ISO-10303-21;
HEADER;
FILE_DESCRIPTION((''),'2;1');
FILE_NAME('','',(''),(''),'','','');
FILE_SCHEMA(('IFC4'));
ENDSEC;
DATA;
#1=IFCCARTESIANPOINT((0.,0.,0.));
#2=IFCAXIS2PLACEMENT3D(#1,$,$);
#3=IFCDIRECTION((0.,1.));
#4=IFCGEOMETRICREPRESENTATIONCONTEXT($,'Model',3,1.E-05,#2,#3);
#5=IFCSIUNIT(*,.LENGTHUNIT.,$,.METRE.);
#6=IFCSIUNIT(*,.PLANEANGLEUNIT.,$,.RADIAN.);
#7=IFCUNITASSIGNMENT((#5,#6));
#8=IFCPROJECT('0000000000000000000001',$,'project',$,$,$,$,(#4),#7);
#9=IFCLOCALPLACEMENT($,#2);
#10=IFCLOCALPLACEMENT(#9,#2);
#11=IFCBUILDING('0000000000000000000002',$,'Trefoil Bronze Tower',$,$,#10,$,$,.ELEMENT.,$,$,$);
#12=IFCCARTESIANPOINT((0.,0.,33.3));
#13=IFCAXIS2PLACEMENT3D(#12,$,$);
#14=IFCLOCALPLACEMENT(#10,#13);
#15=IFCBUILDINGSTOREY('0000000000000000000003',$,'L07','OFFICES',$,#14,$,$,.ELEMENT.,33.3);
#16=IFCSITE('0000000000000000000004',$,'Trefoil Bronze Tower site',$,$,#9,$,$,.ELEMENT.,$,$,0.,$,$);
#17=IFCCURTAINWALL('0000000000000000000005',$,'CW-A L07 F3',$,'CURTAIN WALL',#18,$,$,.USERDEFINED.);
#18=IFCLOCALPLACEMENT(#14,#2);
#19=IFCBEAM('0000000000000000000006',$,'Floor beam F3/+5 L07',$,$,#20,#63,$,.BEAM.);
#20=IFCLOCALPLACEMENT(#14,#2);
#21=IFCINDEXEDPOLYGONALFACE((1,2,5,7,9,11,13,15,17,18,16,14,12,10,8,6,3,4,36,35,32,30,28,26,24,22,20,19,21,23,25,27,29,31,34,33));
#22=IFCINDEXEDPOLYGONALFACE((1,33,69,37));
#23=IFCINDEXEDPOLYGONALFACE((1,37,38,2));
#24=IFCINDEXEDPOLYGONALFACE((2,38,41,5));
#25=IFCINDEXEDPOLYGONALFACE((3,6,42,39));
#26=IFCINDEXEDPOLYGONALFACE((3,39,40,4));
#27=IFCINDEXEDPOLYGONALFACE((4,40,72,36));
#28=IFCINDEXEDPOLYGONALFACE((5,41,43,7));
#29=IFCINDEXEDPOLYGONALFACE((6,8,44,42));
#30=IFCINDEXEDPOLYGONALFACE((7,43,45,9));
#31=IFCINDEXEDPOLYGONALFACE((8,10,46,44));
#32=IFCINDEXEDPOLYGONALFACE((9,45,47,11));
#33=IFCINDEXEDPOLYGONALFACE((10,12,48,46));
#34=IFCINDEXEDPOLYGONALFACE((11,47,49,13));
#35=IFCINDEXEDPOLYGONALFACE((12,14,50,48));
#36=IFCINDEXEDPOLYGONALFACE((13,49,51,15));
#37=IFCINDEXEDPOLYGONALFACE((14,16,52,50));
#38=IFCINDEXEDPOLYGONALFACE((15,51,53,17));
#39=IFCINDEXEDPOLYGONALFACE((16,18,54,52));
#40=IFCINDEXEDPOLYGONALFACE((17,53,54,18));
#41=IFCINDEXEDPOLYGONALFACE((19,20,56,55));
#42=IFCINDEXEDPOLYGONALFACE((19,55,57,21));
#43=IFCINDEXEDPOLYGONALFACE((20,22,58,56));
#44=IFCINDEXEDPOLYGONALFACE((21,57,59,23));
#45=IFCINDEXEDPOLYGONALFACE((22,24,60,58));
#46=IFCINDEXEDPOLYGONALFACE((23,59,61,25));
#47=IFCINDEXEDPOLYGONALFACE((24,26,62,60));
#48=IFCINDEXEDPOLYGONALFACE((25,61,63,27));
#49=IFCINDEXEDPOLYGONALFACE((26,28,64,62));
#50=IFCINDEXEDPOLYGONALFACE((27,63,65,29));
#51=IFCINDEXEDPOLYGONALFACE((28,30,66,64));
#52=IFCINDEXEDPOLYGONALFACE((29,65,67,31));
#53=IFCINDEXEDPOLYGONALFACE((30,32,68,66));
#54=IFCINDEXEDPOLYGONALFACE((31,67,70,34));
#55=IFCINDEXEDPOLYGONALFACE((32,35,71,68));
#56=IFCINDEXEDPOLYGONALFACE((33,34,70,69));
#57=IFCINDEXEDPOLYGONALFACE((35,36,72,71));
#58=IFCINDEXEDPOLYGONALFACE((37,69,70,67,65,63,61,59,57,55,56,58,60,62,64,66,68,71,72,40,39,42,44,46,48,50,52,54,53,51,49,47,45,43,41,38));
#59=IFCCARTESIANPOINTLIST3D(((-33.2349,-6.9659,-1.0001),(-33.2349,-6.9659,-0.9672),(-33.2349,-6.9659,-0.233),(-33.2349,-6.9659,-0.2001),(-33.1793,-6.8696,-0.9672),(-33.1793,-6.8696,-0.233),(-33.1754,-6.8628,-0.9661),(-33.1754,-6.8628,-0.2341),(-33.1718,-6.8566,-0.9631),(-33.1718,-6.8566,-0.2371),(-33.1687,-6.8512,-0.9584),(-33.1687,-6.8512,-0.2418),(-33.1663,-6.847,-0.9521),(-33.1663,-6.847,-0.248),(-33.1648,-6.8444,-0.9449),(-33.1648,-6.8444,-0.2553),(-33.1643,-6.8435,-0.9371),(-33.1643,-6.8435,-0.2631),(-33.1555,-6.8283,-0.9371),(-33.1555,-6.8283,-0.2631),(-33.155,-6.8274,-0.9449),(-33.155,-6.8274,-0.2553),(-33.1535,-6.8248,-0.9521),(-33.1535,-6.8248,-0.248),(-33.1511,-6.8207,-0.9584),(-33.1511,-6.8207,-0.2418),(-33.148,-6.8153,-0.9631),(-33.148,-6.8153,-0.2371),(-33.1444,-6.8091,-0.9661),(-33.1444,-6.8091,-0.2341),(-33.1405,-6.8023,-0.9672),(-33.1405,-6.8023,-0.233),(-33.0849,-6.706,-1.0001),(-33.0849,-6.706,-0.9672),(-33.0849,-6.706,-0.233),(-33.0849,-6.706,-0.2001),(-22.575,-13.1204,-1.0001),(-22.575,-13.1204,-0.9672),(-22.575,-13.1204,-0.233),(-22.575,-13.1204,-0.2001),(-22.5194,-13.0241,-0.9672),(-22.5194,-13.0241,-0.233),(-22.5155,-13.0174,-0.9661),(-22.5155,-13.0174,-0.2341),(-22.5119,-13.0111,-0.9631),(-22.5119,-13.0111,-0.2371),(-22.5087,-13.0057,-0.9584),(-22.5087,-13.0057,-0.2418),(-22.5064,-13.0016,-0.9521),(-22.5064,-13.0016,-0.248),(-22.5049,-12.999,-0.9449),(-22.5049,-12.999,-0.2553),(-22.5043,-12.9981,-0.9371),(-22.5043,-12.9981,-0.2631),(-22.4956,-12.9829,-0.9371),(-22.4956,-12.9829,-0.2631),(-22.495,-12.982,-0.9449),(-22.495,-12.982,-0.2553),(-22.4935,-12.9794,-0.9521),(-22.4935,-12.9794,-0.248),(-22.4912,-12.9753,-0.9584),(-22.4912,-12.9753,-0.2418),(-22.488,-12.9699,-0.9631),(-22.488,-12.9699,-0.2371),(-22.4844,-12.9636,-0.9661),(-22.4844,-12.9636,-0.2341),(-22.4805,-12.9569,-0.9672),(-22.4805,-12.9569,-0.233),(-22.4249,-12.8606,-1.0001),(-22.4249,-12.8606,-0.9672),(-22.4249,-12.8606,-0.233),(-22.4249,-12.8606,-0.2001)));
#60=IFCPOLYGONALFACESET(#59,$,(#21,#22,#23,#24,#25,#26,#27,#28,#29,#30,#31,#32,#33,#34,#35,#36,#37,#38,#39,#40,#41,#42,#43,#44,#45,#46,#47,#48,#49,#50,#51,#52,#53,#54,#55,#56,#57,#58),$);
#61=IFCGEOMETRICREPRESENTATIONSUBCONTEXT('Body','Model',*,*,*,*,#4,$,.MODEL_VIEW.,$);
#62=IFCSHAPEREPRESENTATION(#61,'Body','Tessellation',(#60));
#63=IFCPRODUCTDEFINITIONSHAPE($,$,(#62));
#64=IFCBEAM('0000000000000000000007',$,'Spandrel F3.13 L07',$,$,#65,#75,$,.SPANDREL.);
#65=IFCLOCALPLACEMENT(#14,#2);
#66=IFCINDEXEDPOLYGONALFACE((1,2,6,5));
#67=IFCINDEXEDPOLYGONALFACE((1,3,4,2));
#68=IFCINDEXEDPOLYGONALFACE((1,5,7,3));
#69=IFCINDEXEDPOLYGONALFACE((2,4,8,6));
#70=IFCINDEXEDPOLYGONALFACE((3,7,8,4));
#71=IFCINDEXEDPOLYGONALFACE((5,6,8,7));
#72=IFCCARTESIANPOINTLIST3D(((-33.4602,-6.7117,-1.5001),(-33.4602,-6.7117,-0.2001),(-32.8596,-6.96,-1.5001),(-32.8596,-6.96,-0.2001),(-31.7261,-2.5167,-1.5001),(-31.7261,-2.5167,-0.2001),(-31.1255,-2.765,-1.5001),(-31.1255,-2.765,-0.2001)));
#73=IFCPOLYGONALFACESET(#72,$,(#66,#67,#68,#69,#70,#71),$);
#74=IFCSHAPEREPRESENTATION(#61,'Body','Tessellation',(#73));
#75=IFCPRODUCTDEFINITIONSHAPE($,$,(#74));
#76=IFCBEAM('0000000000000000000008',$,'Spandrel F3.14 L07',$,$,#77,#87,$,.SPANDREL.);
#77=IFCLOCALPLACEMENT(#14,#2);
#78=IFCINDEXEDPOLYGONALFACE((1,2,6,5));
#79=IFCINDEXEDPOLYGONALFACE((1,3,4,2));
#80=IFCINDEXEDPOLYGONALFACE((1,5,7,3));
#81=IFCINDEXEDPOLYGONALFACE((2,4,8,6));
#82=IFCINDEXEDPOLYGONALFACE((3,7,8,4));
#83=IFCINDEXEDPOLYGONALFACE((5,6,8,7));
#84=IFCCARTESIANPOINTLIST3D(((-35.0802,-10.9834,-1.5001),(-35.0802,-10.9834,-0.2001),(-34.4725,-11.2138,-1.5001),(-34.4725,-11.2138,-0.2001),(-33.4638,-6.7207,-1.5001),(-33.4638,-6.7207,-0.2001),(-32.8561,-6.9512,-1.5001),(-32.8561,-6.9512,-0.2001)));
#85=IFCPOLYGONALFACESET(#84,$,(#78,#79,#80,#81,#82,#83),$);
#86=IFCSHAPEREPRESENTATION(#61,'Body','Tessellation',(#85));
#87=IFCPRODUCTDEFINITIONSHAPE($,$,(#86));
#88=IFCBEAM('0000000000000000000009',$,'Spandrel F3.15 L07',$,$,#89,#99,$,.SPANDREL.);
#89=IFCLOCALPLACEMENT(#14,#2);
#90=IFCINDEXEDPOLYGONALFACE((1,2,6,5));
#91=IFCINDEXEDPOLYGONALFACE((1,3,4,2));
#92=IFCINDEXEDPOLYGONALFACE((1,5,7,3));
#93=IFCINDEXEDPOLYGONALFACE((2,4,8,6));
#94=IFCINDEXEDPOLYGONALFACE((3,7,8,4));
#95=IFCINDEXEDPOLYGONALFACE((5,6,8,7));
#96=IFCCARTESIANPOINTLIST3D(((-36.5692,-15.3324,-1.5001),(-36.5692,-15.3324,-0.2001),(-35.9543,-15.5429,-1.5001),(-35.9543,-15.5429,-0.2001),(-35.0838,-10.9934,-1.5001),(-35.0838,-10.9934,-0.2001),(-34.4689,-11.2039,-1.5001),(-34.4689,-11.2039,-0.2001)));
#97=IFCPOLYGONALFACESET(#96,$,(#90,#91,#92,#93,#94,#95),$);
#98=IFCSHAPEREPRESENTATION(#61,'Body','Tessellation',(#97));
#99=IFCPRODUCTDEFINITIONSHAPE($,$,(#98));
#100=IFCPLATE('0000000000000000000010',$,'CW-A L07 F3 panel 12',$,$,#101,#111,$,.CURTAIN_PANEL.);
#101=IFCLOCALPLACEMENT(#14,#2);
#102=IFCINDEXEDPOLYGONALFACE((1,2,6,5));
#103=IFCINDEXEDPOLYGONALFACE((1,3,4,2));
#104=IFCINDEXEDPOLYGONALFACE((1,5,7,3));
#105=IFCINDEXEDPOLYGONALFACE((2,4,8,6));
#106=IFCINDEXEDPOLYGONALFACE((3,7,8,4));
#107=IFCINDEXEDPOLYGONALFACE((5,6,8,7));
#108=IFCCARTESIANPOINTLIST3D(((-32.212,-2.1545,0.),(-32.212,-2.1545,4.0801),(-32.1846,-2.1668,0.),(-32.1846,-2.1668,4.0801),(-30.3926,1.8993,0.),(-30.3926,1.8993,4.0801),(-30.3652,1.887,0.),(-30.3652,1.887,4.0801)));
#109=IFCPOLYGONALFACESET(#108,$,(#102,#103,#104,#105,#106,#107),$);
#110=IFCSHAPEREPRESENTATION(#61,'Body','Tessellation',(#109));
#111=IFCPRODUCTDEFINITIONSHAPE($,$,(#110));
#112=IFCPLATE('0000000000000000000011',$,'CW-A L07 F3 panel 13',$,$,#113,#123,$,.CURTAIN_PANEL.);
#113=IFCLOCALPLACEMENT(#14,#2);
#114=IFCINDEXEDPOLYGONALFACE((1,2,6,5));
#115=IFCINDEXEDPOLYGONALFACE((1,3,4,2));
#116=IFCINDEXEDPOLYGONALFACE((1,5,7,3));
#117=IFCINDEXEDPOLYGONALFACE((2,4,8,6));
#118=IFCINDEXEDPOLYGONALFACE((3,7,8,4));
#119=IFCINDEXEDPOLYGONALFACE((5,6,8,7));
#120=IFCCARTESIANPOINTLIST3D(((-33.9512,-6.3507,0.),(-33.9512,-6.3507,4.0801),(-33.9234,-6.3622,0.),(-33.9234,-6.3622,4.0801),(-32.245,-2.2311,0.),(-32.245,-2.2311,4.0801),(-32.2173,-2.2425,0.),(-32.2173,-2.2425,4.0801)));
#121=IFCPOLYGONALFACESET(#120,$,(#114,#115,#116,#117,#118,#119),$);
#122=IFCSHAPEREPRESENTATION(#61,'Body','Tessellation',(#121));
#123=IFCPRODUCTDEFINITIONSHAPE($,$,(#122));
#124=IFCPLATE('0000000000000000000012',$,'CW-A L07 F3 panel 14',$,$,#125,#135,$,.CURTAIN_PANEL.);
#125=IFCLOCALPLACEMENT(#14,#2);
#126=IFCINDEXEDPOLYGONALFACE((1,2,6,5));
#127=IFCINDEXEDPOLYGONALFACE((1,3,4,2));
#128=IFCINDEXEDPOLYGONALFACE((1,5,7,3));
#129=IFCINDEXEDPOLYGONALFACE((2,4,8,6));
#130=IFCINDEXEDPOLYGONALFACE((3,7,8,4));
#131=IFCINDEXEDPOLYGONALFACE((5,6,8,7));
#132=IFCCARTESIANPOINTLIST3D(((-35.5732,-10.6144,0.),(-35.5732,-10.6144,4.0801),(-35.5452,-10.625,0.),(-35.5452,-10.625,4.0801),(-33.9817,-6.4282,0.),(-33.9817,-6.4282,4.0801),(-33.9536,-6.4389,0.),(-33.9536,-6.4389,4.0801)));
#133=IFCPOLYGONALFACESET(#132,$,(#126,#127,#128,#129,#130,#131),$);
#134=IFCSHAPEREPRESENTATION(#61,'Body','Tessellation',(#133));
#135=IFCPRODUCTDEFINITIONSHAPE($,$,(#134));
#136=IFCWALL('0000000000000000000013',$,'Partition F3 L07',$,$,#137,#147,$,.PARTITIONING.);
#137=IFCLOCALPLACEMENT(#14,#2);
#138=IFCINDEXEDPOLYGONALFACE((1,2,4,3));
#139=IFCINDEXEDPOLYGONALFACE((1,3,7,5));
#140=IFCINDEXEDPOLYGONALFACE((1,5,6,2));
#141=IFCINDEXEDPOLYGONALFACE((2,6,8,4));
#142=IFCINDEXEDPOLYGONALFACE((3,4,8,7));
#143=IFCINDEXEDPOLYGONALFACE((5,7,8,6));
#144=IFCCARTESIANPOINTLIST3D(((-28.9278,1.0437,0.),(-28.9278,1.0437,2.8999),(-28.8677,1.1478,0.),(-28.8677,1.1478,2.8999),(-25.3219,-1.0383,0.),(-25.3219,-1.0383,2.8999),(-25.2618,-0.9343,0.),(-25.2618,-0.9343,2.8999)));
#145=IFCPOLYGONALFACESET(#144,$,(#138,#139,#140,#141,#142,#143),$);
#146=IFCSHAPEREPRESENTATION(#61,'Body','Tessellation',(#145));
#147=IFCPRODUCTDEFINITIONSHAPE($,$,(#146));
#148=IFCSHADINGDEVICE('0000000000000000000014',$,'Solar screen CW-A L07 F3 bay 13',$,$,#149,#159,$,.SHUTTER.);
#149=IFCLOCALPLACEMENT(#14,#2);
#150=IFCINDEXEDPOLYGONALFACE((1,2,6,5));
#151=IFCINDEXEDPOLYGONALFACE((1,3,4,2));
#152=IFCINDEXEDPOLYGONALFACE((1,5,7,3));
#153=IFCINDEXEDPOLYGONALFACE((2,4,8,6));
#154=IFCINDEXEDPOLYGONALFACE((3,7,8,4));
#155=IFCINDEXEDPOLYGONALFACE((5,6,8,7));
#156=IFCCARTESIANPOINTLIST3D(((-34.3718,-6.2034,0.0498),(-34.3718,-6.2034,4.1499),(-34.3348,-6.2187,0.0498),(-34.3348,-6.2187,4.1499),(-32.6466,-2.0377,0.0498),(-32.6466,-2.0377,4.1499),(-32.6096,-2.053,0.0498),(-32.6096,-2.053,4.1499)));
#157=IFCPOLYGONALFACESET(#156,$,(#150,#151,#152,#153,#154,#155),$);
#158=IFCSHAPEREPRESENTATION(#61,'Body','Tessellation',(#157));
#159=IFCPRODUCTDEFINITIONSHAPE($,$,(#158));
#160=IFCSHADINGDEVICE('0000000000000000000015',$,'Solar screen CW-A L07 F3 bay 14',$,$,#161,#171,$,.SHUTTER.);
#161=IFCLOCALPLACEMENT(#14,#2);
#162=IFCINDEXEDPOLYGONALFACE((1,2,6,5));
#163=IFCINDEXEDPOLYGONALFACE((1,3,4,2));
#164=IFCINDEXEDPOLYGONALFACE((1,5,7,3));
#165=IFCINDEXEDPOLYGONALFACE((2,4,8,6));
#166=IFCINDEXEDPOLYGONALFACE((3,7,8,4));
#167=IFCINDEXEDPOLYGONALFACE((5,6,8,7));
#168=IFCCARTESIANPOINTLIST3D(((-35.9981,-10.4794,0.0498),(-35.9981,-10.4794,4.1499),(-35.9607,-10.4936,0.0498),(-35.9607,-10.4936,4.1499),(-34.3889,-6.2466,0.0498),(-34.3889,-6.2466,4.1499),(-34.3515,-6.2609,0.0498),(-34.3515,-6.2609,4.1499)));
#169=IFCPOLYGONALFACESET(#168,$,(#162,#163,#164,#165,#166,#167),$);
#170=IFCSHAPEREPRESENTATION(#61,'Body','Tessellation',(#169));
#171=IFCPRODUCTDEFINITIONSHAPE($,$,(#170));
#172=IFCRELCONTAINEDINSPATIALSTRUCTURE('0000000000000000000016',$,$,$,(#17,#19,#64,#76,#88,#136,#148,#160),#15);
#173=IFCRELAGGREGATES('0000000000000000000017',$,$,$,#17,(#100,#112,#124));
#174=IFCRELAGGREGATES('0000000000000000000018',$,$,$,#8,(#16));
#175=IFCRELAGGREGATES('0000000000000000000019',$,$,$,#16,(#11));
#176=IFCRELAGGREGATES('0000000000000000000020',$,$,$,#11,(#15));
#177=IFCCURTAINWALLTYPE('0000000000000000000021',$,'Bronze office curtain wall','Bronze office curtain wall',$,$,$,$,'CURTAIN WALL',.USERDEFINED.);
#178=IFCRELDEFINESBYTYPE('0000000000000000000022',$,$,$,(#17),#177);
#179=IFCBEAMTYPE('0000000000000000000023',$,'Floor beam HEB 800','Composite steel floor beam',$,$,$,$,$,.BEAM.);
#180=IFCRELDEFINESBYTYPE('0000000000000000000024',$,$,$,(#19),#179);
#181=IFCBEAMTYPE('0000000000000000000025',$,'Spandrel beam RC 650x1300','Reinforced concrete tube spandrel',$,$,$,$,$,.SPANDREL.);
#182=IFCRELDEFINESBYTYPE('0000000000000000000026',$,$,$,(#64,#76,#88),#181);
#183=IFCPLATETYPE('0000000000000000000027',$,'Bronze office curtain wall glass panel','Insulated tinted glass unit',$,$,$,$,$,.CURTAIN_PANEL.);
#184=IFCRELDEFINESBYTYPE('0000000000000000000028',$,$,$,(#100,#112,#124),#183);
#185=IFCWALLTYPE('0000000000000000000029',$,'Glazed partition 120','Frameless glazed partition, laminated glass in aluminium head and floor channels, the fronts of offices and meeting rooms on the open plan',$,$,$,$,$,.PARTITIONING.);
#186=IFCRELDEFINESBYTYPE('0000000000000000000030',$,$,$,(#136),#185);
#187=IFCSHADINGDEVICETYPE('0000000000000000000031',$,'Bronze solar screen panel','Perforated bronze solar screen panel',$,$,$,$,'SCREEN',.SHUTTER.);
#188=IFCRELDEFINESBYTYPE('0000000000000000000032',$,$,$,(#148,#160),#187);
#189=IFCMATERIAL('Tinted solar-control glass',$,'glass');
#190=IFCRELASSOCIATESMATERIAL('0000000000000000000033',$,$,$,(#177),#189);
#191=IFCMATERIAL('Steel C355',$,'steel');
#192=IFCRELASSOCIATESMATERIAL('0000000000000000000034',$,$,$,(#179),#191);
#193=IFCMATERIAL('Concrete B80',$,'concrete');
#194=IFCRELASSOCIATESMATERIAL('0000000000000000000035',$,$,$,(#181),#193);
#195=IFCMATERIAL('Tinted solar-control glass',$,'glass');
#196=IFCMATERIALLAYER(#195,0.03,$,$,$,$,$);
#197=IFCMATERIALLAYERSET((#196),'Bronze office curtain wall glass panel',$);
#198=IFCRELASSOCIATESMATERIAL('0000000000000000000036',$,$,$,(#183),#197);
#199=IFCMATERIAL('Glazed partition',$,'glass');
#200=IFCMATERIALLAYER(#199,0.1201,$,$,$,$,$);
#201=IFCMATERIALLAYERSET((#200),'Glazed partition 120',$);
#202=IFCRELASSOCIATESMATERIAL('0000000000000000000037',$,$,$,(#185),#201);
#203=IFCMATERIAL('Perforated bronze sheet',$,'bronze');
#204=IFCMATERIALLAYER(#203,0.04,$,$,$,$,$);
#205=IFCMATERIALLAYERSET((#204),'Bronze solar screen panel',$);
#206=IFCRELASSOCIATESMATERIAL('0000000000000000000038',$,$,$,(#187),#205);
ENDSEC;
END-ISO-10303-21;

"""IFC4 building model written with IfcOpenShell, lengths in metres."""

from ifc_helpers import new_model, si_unit, direction, frame, frame_2d, origin, origin_2d, place, context, subcontext, project, spatial, rectangle, i_section, extrude, material, layer, layer_set, material_profile, profile_set, type_object, element, aggregate, save


model = new_model("IFC4")

# Units and contexts
model_context = context("Model", 3, precision=1e-05, world=origin(), true_north=direction((0.0, 1.0)))
body_context = subcontext(model_context, "Body", "Model", "MODEL_VIEW")
ifc_project = project(units=[si_unit("LENGTHUNIT", "METRE"), si_unit("PLANEANGLEUNIT", "RADIAN")], contexts=[model_context])

# Site, building, storey
site_placement = place(None, origin())
site = spatial("IfcSite", under=ifc_project, at=site_placement, Name="Trefoil Bronze Tower site", CompositionType="ELEMENT", RefElevation=0.0)
building_placement = place(site_placement, origin())
building = spatial("IfcBuilding", under=site, at=building_placement, Name="Trefoil Bronze Tower", CompositionType="ELEMENT")
storey_placement = place(building_placement, frame((0.0, 0.0, 33.3)))
storey = spatial("IfcBuildingStorey", under=building, at=storey_placement, Name="L07", Description="OFFICES", CompositionType="ELEMENT", Elevation=33.3)

# Curtain wall
ifc_material_1 = material(Name="Tinted solar-control glass", Category="glass")
curtain_wall_type = type_object("IfcCurtainWallType", Name="Bronze office curtain wall", Description="Bronze office curtain wall", ElementType="CURTAIN WALL", PredefinedType="USERDEFINED", material=ifc_material_1)
curtain_wall_placement = place(storey_placement, origin())
curtain_wall = element("IfcCurtainWall", 1, at=curtain_wall_placement, inside=storey, type_object=curtain_wall_type, Name="CW-A L07 F3", ObjectType="CURTAIN WALL", PredefinedType="USERDEFINED")

# Beams
ifc_material_2 = material(Name="Steel C355", Category="steel")
ifc_material_profile_1 = material_profile(ifc_material_2, i_section(OverallWidth=0.3, OverallDepth=0.8, WebThickness=0.0176, FlangeThickness=0.033, FilletRadius=0.03, at=origin_2d()), Name="HEB 800")
ifc_profile_set_1 = profile_set([ifc_material_profile_1], Name="Steel C355")
beam_type_1 = type_object("IfcBeamType", Name="Floor beam HEB 800", Description="Composite steel floor beam", PredefinedType="BEAM", material=ifc_profile_set_1)
beam_1_placement = place(storey_placement, frame((-33.1599, -6.8359, -0.6001), z_axis=(0.866024, -0.500002, 0.0), x_axis=(0.500002, 0.866024, 0.0)))
element("IfcBeam", 2, at=beam_1_placement, inside=storey, type_object=beam_type_1, Name="Floor beam F3/+5 L07", PredefinedType="BEAM", context=body_context, shape_type="SweptSolid", body=[
    extrude(i_section(OverallWidth=0.3, OverallDepth=0.8, WebThickness=0.0176, FlangeThickness=0.033, FilletRadius=0.03, at=origin_2d()), origin(), (0.0, 0.0, 1.0), 12.3091),
])
ifc_material_3 = material(Name="Concrete B80", Category="concrete")
ifc_material_profile_2 = material_profile(ifc_material_3, rectangle(XDim=0.6499, YDim=1.3, at=origin_2d()), Name="RC 650x1300")
ifc_profile_set_2 = profile_set([ifc_material_profile_2], Name="Concrete B80")
beam_type_2 = type_object("IfcBeamType", Name="Spandrel beam RC 650x1300", Description="Reinforced concrete tube spandrel", PredefinedType="SPANDREL", material=ifc_profile_set_2)
beam_2_placement = place(storey_placement, frame((-31.4258, -2.6409, -0.8501), z_axis=(-0.382021, -0.924154, 0.0), x_axis=(0.924154, -0.382021, 0.0)))
element("IfcBeam", 3, at=beam_2_placement, inside=storey, type_object=beam_type_2, Name="Spandrel F3.13 L07", PredefinedType="SPANDREL", context=body_context, shape_type="SweptSolid", body=[
    extrude(rectangle(XDim=0.6499, YDim=1.3, at=origin_2d()), origin(), (0.0, 0.0, 1.0), 4.5393),
])
beam_3_placement = place(storey_placement, frame((-33.1599, -6.8359, -0.8501), z_axis=(-0.354572, -0.935029, 0.0), x_axis=(0.935029, -0.354572, 0.0)))
element("IfcBeam", 4, at=beam_3_placement, inside=storey, type_object=beam_type_2, Name="Spandrel F3.14 L07", PredefinedType="SPANDREL", context=body_context, shape_type="SweptSolid", body=[
    extrude(rectangle(XDim=0.6499, YDim=1.3, at=origin_2d()), origin(), (0.0, 0.0, 1.0), 4.5588),
])
beam_4_placement = place(storey_placement, frame((-34.7764, -11.0986, -0.8501), z_axis=(-0.323883, -0.946097, 0.0), x_axis=(0.946097, -0.323883, 0.0)))
element("IfcBeam", 5, at=beam_4_placement, inside=storey, type_object=beam_type_2, Name="Spandrel F3.15 L07", PredefinedType="SPANDREL", context=body_context, shape_type="SweptSolid", body=[
    extrude(rectangle(XDim=0.6499, YDim=1.3, at=origin_2d()), origin(), (0.0, 0.0, 1.0), 4.5862),
])

# Plates
ifc_material_4 = material(Name="Tinted solar-control glass", Category="glass")
ifc_layer_1 = layer(ifc_material_4, 0.03)
ifc_layer_set_1 = layer_set([ifc_layer_1], Name="Bronze office curtain wall glass panel")
plate_type = type_object("IfcPlateType", Name="Bronze office curtain wall glass panel", Description="Insulated tinted glass unit", PredefinedType="CURTAIN_PANEL", material=ifc_layer_set_1)
plate_1_placement = place(storey_placement, frame((-31.2886, -0.1338, 0.0), z_axis=(0.0, 0.0, 1.0), x_axis=(-0.409456, -0.91233, 0.0)))
plate_1 = element("IfcPlate", 6, at=plate_1_placement, type_object=plate_type, Name="CW-A L07 F3 panel 12", PredefinedType="CURTAIN_PANEL", context=body_context, shape_type="SweptSolid", body=[
    extrude(rectangle(XDim=4.4434, YDim=0.03, at=origin_2d()), origin(), (0.0, 0.0, 1.0), 4.0801),
])
plate_2_placement = place(storey_placement, frame((-33.0842, -4.2966, 0.0), z_axis=(0.0, 0.0, 1.0), x_axis=(-0.38263, -0.923902, 0.0)))
plate_2 = element("IfcPlate", 7, at=plate_2_placement, type_object=plate_type, Name="CW-A L07 F3 panel 13", PredefinedType="CURTAIN_PANEL", context=body_context, shape_type="SweptSolid", body=[
    extrude(rectangle(XDim=4.459, YDim=0.03, at=origin_2d()), origin(), (0.0, 0.0, 1.0), 4.0801),
])
plate_3_placement = place(storey_placement, frame((-34.7634, -8.5266, 0.0), z_axis=(0.0, 0.0, 1.0), x_axis=(-0.355371, -0.934725, 0.0)))
plate_3 = element("IfcPlate", 8, at=plate_3_placement, type_object=plate_type, Name="CW-A L07 F3 panel 14", PredefinedType="CURTAIN_PANEL", context=body_context, shape_type="SweptSolid", body=[
    extrude(rectangle(XDim=4.4785, YDim=0.03, at=origin_2d()), origin(), (0.0, 0.0, 1.0), 4.0801),
])
aggregate(curtain_wall, [plate_1, plate_2, plate_3])

# Wall
ifc_material_5 = material(Name="Glazed partition", Category="glass")
ifc_layer_2 = layer(ifc_material_5, 0.1201)
ifc_layer_set_2 = layer_set([ifc_layer_2], Name="Glazed partition 120")
wall_type = type_object("IfcWallType", Name="Glazed partition 120", Description="Frameless glazed partition, laminated glass in aluminium head and floor channels, the fronts of offices and meeting rooms on the open plan", PredefinedType="PARTITIONING", material=ifc_layer_set_2)
wall_placement = place(storey_placement, frame((-25.2917, -0.9863, 0.0), z_axis=(0.0, 0.0, 1.0), x_axis=(-0.866012, 0.500024, 0.0)))
element("IfcWall", 9, at=wall_placement, inside=storey, type_object=wall_type, Name="Partition F3 L07", PredefinedType="PARTITIONING", context=body_context, shape_type="SweptSolid", body=[
    extrude(rectangle(XDim=4.1638, YDim=0.1201, at=frame_2d((2.082, 0.0))), origin(), (0.0, 0.0, 1.0), 2.8999),
])

# Shading devices
ifc_material_6 = material(Name="Perforated bronze sheet", Category="bronze")
ifc_layer_3 = layer(ifc_material_6, 0.04)
ifc_layer_set_3 = layer_set([ifc_layer_3], Name="Bronze solar screen panel")
shading_device_type = type_object("IfcShadingDeviceType", Name="Bronze solar screen panel", Description="Perforated bronze solar screen panel", ElementType="SCREEN", PredefinedType="SHUTTER", material=ifc_layer_set_3)
shading_device_1_placement = place(storey_placement, frame((-33.4907, -4.1282, 0.0498), z_axis=(0.0, 0.0, 1.0), x_axis=(-0.38263, -0.923902, 0.0)))
element("IfcShadingDevice", 10, at=shading_device_1_placement, inside=storey, type_object=shading_device_type, Name="Solar screen CW-A L07 F3 bay 13", PredefinedType="SHUTTER", context=body_context, shape_type="SweptSolid", body=[
    extrude(rectangle(XDim=4.5088, YDim=0.04, at=origin_2d()), origin(), (0.0, 0.0, 1.0), 4.1001),
])
shading_device_2_placement = place(storey_placement, frame((-35.1748, -8.3701, 0.0498), z_axis=(0.0, 0.0, 1.0), x_axis=(-0.355371, -0.934725, 0.0)))
element("IfcShadingDevice", 11, at=shading_device_2_placement, inside=storey, type_object=shading_device_type, Name="Solar screen CW-A L07 F3 bay 14", PredefinedType="SHUTTER", context=body_context, shape_type="SweptSolid", body=[
    extrude(rectangle(XDim=4.5283, YDim=0.04, at=origin_2d()), origin(), (0.0, 0.0, 1.0), 4.1001),
])

save(model, "model.ifc")
